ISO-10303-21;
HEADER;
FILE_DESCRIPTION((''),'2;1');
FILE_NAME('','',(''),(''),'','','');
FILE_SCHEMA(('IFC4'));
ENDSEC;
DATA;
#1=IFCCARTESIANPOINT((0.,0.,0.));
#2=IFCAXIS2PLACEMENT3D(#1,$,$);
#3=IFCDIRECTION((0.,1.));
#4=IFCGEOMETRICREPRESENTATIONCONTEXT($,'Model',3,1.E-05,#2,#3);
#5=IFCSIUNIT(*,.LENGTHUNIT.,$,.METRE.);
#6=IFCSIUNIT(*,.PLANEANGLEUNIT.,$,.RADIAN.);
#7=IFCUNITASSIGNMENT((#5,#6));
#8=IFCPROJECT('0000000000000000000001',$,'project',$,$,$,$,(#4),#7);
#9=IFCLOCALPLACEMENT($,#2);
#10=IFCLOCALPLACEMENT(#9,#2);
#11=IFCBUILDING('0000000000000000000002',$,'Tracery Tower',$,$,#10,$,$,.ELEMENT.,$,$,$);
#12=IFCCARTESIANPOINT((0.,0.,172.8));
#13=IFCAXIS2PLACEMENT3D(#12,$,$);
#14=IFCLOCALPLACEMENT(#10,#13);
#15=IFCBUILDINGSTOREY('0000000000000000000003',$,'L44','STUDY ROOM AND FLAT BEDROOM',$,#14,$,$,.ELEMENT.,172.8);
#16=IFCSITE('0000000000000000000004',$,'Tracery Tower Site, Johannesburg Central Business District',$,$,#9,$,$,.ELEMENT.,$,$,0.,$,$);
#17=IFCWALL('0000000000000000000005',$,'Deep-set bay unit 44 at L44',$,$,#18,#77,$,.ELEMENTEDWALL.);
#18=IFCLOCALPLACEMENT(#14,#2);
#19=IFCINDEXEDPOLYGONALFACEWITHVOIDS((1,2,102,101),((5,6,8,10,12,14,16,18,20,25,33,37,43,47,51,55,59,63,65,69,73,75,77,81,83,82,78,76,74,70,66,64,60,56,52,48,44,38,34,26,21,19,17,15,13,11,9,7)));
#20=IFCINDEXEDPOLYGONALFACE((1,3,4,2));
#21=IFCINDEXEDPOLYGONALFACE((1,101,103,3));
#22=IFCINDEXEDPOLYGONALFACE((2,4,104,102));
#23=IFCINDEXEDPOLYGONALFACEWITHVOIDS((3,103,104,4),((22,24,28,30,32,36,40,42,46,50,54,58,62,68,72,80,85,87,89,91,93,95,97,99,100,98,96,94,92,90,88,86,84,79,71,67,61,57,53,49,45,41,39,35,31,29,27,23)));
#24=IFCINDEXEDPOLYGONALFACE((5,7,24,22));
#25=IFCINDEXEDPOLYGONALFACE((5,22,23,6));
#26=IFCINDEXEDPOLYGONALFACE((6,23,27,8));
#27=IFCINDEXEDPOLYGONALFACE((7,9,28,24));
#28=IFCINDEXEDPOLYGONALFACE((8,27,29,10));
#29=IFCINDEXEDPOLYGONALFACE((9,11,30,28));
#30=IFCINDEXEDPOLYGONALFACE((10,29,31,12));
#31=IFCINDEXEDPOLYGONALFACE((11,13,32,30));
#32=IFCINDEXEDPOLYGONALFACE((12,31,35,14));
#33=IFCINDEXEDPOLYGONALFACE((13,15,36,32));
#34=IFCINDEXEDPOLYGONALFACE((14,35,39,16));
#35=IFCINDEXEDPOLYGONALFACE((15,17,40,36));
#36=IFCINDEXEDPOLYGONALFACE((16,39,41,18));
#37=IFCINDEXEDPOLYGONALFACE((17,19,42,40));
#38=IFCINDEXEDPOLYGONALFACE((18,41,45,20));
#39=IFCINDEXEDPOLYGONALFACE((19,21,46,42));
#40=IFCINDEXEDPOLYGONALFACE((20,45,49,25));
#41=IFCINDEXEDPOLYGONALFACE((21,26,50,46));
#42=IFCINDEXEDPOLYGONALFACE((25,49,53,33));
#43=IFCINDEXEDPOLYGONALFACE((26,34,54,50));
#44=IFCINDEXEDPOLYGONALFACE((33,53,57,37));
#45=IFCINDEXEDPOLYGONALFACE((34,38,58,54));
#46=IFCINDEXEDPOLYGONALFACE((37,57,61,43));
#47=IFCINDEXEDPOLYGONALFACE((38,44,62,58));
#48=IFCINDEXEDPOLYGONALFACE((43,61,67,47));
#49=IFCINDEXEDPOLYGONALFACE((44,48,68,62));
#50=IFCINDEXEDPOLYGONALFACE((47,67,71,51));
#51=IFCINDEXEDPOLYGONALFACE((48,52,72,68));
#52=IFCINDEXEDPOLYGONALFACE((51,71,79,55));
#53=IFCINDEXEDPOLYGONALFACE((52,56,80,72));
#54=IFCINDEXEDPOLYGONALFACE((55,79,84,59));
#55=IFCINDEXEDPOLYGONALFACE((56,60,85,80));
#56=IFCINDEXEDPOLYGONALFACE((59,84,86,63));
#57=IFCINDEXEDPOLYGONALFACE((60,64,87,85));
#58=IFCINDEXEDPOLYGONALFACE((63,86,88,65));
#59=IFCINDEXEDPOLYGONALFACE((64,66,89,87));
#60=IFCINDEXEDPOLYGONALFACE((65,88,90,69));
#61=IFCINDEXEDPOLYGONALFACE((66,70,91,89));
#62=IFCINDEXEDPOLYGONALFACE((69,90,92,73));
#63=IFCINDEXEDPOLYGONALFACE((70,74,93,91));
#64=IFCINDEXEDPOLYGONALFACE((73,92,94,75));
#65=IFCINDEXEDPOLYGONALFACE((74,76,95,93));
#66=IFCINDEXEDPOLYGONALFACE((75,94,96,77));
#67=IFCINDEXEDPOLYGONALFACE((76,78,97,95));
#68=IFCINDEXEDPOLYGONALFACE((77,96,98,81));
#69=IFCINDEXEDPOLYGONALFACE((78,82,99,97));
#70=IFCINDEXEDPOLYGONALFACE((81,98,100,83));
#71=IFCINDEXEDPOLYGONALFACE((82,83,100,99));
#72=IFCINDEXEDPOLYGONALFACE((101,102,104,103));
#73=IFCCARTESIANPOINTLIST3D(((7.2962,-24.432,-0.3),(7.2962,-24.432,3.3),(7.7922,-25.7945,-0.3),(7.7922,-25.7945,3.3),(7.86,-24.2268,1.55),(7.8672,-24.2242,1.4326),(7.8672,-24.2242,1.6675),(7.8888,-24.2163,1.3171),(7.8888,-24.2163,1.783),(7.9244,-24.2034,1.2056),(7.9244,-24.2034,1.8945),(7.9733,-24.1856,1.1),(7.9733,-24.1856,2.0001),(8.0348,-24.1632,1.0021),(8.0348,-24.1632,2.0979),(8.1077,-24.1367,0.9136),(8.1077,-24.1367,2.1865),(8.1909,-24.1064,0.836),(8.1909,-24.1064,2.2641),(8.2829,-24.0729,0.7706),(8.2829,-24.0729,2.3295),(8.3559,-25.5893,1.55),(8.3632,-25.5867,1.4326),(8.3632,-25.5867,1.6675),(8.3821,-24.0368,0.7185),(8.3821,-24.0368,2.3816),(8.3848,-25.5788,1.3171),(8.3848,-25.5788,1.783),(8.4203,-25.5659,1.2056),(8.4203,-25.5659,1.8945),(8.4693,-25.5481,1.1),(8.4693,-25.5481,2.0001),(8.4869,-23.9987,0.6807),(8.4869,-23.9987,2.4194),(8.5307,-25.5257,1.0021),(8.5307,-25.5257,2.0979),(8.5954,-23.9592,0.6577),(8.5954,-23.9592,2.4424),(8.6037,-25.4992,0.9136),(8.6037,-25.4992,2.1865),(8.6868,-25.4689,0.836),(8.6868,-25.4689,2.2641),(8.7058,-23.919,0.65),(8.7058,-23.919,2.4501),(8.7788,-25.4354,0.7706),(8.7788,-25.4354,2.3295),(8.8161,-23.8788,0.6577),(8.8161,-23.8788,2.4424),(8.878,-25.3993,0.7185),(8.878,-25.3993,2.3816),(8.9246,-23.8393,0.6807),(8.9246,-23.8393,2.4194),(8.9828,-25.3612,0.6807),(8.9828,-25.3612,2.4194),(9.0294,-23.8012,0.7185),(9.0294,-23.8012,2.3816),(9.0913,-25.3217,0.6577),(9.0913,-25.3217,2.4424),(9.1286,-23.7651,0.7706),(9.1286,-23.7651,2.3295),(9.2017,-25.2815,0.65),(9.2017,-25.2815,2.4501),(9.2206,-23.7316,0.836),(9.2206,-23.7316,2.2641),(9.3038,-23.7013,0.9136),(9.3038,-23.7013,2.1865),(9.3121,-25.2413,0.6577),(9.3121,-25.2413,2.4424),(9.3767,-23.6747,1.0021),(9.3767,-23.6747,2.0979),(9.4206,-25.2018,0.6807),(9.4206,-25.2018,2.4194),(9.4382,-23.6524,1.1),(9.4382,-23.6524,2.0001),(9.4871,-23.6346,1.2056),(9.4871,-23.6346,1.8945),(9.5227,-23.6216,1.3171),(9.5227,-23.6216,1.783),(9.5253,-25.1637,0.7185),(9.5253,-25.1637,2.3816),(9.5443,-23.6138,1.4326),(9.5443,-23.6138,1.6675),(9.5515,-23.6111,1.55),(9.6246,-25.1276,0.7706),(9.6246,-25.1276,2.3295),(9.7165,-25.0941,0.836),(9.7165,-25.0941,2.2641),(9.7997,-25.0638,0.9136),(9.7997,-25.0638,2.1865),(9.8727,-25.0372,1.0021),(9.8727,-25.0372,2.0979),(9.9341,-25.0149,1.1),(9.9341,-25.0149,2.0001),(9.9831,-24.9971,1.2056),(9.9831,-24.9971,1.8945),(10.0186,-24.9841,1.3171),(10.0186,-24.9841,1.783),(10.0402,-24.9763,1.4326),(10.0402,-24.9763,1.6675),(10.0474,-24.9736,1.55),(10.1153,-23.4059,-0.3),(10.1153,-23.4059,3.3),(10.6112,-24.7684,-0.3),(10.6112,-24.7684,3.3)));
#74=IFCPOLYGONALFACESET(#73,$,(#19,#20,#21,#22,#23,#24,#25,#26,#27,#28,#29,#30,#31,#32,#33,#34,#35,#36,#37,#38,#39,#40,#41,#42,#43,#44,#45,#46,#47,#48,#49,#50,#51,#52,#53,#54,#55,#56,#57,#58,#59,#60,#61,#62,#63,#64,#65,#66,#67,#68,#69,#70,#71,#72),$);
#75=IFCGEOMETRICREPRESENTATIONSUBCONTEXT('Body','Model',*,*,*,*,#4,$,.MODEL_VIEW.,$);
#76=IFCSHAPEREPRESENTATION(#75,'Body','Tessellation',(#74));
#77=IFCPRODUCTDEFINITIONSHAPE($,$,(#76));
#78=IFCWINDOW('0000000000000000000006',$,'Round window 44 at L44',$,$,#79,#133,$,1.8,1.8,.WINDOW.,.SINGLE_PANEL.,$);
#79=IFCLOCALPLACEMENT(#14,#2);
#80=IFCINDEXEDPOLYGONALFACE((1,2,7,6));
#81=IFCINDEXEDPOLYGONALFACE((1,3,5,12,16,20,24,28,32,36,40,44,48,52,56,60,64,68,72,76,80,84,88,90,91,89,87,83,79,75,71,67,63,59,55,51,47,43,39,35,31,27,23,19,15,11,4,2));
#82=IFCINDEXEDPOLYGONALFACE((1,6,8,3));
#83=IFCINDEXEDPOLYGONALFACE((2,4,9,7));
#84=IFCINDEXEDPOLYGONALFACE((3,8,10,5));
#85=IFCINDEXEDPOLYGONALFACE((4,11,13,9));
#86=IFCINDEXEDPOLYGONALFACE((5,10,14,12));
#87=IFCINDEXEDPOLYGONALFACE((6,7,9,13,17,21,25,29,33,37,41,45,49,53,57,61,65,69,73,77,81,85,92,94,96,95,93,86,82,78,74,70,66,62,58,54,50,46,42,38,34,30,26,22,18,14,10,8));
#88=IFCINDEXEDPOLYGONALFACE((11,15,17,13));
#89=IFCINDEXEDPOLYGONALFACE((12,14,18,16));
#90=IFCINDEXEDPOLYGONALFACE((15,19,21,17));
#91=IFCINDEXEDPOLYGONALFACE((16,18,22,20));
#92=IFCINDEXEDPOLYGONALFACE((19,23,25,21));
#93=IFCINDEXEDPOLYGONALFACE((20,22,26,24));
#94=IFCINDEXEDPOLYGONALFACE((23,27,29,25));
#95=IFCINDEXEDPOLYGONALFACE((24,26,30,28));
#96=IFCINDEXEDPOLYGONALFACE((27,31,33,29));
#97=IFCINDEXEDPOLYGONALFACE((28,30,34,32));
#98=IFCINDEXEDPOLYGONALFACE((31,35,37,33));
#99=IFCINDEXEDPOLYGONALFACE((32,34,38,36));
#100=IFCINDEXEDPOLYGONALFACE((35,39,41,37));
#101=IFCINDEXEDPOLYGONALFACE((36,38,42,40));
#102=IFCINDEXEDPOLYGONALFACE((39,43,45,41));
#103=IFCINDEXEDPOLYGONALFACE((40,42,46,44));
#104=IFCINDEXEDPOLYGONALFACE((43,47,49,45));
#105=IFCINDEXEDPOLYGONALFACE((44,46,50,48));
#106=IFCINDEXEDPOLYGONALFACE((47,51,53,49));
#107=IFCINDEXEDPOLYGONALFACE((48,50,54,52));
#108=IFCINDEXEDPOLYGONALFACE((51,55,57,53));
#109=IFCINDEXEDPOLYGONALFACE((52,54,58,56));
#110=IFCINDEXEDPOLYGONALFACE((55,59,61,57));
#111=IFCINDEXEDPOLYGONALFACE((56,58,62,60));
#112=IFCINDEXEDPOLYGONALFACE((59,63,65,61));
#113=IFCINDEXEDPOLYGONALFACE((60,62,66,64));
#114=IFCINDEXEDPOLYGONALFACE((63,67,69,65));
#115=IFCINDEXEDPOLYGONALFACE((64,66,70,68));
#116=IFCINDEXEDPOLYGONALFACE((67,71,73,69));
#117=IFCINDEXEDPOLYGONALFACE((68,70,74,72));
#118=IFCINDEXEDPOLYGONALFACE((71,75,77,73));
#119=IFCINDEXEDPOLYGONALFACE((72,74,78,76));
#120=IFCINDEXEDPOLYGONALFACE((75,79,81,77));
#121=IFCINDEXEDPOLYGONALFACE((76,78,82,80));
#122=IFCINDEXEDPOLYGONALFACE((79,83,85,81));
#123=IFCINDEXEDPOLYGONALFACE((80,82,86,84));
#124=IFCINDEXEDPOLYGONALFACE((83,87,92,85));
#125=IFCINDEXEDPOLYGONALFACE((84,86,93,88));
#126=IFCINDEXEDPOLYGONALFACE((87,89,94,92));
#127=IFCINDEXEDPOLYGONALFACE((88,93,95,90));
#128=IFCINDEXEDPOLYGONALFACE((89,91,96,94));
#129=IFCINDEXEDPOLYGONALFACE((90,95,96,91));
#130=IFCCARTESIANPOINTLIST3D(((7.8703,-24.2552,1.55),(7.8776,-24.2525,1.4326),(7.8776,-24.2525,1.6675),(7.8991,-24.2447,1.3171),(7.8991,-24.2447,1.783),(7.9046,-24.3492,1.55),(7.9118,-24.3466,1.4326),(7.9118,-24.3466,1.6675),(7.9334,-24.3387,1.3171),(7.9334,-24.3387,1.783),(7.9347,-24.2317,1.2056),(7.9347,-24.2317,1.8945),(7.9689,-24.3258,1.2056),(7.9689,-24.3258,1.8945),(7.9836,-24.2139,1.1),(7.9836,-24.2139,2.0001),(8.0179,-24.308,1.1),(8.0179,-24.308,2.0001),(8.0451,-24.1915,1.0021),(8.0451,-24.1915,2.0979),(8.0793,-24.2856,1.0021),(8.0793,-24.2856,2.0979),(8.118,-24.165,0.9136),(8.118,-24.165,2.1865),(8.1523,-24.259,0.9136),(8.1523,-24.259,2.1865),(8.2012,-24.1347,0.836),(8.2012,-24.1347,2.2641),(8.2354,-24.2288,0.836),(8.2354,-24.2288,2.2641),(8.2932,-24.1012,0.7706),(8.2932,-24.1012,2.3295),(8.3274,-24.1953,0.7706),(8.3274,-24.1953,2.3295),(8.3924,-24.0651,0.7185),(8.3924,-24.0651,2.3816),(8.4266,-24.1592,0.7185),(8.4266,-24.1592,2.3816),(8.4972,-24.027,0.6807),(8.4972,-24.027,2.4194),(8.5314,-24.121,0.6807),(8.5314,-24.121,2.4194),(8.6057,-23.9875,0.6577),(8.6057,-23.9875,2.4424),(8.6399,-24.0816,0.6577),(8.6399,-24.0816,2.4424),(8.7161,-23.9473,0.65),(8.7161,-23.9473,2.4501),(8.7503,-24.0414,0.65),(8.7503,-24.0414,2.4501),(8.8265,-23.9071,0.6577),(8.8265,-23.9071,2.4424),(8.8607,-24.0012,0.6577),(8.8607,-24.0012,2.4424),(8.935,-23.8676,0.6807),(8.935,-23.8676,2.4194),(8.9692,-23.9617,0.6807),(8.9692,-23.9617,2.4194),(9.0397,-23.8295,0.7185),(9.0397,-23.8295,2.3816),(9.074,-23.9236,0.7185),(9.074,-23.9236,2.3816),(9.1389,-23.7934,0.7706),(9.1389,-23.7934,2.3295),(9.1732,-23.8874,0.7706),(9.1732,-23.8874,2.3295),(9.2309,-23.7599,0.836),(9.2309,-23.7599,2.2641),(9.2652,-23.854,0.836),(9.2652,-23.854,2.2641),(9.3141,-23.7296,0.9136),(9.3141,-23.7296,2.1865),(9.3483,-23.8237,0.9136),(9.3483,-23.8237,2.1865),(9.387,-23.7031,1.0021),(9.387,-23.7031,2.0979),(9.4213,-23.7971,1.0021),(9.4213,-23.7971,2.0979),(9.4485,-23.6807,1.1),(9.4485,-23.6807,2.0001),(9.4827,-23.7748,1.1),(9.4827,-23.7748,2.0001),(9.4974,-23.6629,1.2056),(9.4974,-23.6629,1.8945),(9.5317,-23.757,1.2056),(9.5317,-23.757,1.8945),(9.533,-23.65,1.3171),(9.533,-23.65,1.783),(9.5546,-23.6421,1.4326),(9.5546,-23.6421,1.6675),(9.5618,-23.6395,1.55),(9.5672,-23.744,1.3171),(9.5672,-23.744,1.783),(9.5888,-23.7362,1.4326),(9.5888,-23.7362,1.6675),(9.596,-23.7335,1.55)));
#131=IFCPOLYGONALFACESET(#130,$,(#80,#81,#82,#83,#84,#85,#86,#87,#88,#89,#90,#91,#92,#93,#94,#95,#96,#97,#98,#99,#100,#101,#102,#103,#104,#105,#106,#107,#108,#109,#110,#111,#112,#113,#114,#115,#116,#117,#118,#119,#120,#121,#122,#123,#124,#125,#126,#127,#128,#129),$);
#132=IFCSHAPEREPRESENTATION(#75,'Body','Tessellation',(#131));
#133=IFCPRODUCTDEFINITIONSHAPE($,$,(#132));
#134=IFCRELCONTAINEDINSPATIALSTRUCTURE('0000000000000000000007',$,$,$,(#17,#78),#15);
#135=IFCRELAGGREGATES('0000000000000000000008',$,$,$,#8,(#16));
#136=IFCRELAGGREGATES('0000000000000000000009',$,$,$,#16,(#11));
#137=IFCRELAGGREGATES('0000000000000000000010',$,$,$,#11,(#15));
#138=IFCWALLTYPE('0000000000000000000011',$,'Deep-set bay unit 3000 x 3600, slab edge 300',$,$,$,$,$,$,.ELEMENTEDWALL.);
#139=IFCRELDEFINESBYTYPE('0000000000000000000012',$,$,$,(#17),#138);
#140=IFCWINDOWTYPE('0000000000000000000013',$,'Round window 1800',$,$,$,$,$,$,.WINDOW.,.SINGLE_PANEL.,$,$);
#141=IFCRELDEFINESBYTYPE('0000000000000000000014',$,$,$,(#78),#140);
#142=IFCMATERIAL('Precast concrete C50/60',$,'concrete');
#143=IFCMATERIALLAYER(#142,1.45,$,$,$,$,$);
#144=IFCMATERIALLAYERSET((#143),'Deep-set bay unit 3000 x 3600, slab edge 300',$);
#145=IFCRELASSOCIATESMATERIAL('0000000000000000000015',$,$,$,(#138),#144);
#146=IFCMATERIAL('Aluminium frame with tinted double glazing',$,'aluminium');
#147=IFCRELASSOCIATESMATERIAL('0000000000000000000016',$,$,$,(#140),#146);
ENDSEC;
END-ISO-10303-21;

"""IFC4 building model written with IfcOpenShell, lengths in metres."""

from ifc_helpers import new_model, si_unit, direction, frame, frame_2d, origin, origin_2d, place, context, subcontext, project, spatial, rectangle, circle, extrude, material, layer, layer_set, type_object, element, fill, save


model = new_model("IFC4")

# Units and contexts
model_context = context("Model", 3, precision=1e-05, world=origin(), true_north=direction((0.0, 1.0)))
body_context = subcontext(model_context, "Body", "Model", "MODEL_VIEW")
ifc_project = project(units=[si_unit("LENGTHUNIT", "METRE"), si_unit("PLANEANGLEUNIT", "RADIAN")], contexts=[model_context])

# Site, building, storey
site_placement = place(None, origin())
site = spatial("IfcSite", under=ifc_project, at=site_placement, Name="Tracery Tower Site, Johannesburg Central Business District", CompositionType="ELEMENT", RefElevation=0.0)
building_placement = place(site_placement, origin())
building = spatial("IfcBuilding", under=site, at=building_placement, Name="Tracery Tower", CompositionType="ELEMENT")
storey_placement = place(building_placement, frame((0.0, 0.0, 172.8)))
storey = spatial("IfcBuildingStorey", under=building, at=storey_placement, Name="L44", Description="STUDY ROOM AND FLAT BEDROOM", CompositionType="ELEMENT", Elevation=172.8)

# Wall, opening, window
ifc_material_1 = material(Name="Precast concrete C50/60", Category="concrete")
ifc_layer_1 = layer(ifc_material_1, 1.45)
ifc_layer_set_1 = layer_set([ifc_layer_1], Name="Deep-set bay unit 3000 x 3600, slab edge 300")
wall_type_1 = type_object("IfcWallType", Name="Deep-set bay unit 3000 x 3600, slab edge 300", PredefinedType="ELEMENTEDWALL", material=ifc_layer_set_1)
wall_1_placement = place(storey_placement, frame((7.5442, -25.1133, -0.3), z_axis=(0.0, 0.0, 1.0), x_axis=(0.939686, 0.342037, 0.0)))
wall_1 = element("IfcWall", 1, at=wall_1_placement, inside=storey, type_object=wall_type_1, Name="Deep-set bay unit 44 at L44", PredefinedType="ELEMENTEDWALL", context=body_context, shape_type="SweptSolid", body=[
    extrude(rectangle(XDim=3.0, YDim=1.45, at=frame_2d((1.5, 0.0))), origin(), (0.0, 0.0, 1.0), 3.6001),
])
opening_1_placement = place(wall_1_placement, frame((1.5, 0.0, 1.8501)))
opening_1 = element("IfcOpeningElement", 2, at=opening_1_placement, cuts=wall_1, PredefinedType="OPENING", context=body_context, shape_type="SweptSolid", body=[
    extrude(circle(Radius=0.9, at=origin_2d()), frame((0.0, 0.7349, 0.0), z_axis=(0.0, -1.0, 0.0), x_axis=(1.0, 0.0, 0.0)), (0.0, 0.0, 1.0), 1.47),
])
ifc_material_2 = material(Name="Aluminium frame with tinted double glazing", Category="aluminium")
window_type = type_object("IfcWindowType", Name="Round window 1800", PartitioningType="SINGLE_PANEL", PredefinedType="WINDOW", material=ifc_material_2)
window_1_placement = place(opening_1_placement, origin())
window_1 = element("IfcWindow", 3, at=window_1_placement, inside=storey, type_object=window_type, Name="Round window 44 at L44", OverallHeight=1.8, OverallWidth=1.8, PartitioningType="SINGLE_PANEL", PredefinedType="WINDOW", context=body_context, shape_type="SweptSolid", body=[
    extrude(circle(Radius=0.9, at=origin_2d()), frame((0.0, 0.6948, 0.0), z_axis=(0.0, -1.0, 0.0), x_axis=(1.0, 0.0, 0.0)), (0.0, 0.0, 1.0), 0.1001),
])
fill(opening_1, window_1)

save(model, "model.ifc")
